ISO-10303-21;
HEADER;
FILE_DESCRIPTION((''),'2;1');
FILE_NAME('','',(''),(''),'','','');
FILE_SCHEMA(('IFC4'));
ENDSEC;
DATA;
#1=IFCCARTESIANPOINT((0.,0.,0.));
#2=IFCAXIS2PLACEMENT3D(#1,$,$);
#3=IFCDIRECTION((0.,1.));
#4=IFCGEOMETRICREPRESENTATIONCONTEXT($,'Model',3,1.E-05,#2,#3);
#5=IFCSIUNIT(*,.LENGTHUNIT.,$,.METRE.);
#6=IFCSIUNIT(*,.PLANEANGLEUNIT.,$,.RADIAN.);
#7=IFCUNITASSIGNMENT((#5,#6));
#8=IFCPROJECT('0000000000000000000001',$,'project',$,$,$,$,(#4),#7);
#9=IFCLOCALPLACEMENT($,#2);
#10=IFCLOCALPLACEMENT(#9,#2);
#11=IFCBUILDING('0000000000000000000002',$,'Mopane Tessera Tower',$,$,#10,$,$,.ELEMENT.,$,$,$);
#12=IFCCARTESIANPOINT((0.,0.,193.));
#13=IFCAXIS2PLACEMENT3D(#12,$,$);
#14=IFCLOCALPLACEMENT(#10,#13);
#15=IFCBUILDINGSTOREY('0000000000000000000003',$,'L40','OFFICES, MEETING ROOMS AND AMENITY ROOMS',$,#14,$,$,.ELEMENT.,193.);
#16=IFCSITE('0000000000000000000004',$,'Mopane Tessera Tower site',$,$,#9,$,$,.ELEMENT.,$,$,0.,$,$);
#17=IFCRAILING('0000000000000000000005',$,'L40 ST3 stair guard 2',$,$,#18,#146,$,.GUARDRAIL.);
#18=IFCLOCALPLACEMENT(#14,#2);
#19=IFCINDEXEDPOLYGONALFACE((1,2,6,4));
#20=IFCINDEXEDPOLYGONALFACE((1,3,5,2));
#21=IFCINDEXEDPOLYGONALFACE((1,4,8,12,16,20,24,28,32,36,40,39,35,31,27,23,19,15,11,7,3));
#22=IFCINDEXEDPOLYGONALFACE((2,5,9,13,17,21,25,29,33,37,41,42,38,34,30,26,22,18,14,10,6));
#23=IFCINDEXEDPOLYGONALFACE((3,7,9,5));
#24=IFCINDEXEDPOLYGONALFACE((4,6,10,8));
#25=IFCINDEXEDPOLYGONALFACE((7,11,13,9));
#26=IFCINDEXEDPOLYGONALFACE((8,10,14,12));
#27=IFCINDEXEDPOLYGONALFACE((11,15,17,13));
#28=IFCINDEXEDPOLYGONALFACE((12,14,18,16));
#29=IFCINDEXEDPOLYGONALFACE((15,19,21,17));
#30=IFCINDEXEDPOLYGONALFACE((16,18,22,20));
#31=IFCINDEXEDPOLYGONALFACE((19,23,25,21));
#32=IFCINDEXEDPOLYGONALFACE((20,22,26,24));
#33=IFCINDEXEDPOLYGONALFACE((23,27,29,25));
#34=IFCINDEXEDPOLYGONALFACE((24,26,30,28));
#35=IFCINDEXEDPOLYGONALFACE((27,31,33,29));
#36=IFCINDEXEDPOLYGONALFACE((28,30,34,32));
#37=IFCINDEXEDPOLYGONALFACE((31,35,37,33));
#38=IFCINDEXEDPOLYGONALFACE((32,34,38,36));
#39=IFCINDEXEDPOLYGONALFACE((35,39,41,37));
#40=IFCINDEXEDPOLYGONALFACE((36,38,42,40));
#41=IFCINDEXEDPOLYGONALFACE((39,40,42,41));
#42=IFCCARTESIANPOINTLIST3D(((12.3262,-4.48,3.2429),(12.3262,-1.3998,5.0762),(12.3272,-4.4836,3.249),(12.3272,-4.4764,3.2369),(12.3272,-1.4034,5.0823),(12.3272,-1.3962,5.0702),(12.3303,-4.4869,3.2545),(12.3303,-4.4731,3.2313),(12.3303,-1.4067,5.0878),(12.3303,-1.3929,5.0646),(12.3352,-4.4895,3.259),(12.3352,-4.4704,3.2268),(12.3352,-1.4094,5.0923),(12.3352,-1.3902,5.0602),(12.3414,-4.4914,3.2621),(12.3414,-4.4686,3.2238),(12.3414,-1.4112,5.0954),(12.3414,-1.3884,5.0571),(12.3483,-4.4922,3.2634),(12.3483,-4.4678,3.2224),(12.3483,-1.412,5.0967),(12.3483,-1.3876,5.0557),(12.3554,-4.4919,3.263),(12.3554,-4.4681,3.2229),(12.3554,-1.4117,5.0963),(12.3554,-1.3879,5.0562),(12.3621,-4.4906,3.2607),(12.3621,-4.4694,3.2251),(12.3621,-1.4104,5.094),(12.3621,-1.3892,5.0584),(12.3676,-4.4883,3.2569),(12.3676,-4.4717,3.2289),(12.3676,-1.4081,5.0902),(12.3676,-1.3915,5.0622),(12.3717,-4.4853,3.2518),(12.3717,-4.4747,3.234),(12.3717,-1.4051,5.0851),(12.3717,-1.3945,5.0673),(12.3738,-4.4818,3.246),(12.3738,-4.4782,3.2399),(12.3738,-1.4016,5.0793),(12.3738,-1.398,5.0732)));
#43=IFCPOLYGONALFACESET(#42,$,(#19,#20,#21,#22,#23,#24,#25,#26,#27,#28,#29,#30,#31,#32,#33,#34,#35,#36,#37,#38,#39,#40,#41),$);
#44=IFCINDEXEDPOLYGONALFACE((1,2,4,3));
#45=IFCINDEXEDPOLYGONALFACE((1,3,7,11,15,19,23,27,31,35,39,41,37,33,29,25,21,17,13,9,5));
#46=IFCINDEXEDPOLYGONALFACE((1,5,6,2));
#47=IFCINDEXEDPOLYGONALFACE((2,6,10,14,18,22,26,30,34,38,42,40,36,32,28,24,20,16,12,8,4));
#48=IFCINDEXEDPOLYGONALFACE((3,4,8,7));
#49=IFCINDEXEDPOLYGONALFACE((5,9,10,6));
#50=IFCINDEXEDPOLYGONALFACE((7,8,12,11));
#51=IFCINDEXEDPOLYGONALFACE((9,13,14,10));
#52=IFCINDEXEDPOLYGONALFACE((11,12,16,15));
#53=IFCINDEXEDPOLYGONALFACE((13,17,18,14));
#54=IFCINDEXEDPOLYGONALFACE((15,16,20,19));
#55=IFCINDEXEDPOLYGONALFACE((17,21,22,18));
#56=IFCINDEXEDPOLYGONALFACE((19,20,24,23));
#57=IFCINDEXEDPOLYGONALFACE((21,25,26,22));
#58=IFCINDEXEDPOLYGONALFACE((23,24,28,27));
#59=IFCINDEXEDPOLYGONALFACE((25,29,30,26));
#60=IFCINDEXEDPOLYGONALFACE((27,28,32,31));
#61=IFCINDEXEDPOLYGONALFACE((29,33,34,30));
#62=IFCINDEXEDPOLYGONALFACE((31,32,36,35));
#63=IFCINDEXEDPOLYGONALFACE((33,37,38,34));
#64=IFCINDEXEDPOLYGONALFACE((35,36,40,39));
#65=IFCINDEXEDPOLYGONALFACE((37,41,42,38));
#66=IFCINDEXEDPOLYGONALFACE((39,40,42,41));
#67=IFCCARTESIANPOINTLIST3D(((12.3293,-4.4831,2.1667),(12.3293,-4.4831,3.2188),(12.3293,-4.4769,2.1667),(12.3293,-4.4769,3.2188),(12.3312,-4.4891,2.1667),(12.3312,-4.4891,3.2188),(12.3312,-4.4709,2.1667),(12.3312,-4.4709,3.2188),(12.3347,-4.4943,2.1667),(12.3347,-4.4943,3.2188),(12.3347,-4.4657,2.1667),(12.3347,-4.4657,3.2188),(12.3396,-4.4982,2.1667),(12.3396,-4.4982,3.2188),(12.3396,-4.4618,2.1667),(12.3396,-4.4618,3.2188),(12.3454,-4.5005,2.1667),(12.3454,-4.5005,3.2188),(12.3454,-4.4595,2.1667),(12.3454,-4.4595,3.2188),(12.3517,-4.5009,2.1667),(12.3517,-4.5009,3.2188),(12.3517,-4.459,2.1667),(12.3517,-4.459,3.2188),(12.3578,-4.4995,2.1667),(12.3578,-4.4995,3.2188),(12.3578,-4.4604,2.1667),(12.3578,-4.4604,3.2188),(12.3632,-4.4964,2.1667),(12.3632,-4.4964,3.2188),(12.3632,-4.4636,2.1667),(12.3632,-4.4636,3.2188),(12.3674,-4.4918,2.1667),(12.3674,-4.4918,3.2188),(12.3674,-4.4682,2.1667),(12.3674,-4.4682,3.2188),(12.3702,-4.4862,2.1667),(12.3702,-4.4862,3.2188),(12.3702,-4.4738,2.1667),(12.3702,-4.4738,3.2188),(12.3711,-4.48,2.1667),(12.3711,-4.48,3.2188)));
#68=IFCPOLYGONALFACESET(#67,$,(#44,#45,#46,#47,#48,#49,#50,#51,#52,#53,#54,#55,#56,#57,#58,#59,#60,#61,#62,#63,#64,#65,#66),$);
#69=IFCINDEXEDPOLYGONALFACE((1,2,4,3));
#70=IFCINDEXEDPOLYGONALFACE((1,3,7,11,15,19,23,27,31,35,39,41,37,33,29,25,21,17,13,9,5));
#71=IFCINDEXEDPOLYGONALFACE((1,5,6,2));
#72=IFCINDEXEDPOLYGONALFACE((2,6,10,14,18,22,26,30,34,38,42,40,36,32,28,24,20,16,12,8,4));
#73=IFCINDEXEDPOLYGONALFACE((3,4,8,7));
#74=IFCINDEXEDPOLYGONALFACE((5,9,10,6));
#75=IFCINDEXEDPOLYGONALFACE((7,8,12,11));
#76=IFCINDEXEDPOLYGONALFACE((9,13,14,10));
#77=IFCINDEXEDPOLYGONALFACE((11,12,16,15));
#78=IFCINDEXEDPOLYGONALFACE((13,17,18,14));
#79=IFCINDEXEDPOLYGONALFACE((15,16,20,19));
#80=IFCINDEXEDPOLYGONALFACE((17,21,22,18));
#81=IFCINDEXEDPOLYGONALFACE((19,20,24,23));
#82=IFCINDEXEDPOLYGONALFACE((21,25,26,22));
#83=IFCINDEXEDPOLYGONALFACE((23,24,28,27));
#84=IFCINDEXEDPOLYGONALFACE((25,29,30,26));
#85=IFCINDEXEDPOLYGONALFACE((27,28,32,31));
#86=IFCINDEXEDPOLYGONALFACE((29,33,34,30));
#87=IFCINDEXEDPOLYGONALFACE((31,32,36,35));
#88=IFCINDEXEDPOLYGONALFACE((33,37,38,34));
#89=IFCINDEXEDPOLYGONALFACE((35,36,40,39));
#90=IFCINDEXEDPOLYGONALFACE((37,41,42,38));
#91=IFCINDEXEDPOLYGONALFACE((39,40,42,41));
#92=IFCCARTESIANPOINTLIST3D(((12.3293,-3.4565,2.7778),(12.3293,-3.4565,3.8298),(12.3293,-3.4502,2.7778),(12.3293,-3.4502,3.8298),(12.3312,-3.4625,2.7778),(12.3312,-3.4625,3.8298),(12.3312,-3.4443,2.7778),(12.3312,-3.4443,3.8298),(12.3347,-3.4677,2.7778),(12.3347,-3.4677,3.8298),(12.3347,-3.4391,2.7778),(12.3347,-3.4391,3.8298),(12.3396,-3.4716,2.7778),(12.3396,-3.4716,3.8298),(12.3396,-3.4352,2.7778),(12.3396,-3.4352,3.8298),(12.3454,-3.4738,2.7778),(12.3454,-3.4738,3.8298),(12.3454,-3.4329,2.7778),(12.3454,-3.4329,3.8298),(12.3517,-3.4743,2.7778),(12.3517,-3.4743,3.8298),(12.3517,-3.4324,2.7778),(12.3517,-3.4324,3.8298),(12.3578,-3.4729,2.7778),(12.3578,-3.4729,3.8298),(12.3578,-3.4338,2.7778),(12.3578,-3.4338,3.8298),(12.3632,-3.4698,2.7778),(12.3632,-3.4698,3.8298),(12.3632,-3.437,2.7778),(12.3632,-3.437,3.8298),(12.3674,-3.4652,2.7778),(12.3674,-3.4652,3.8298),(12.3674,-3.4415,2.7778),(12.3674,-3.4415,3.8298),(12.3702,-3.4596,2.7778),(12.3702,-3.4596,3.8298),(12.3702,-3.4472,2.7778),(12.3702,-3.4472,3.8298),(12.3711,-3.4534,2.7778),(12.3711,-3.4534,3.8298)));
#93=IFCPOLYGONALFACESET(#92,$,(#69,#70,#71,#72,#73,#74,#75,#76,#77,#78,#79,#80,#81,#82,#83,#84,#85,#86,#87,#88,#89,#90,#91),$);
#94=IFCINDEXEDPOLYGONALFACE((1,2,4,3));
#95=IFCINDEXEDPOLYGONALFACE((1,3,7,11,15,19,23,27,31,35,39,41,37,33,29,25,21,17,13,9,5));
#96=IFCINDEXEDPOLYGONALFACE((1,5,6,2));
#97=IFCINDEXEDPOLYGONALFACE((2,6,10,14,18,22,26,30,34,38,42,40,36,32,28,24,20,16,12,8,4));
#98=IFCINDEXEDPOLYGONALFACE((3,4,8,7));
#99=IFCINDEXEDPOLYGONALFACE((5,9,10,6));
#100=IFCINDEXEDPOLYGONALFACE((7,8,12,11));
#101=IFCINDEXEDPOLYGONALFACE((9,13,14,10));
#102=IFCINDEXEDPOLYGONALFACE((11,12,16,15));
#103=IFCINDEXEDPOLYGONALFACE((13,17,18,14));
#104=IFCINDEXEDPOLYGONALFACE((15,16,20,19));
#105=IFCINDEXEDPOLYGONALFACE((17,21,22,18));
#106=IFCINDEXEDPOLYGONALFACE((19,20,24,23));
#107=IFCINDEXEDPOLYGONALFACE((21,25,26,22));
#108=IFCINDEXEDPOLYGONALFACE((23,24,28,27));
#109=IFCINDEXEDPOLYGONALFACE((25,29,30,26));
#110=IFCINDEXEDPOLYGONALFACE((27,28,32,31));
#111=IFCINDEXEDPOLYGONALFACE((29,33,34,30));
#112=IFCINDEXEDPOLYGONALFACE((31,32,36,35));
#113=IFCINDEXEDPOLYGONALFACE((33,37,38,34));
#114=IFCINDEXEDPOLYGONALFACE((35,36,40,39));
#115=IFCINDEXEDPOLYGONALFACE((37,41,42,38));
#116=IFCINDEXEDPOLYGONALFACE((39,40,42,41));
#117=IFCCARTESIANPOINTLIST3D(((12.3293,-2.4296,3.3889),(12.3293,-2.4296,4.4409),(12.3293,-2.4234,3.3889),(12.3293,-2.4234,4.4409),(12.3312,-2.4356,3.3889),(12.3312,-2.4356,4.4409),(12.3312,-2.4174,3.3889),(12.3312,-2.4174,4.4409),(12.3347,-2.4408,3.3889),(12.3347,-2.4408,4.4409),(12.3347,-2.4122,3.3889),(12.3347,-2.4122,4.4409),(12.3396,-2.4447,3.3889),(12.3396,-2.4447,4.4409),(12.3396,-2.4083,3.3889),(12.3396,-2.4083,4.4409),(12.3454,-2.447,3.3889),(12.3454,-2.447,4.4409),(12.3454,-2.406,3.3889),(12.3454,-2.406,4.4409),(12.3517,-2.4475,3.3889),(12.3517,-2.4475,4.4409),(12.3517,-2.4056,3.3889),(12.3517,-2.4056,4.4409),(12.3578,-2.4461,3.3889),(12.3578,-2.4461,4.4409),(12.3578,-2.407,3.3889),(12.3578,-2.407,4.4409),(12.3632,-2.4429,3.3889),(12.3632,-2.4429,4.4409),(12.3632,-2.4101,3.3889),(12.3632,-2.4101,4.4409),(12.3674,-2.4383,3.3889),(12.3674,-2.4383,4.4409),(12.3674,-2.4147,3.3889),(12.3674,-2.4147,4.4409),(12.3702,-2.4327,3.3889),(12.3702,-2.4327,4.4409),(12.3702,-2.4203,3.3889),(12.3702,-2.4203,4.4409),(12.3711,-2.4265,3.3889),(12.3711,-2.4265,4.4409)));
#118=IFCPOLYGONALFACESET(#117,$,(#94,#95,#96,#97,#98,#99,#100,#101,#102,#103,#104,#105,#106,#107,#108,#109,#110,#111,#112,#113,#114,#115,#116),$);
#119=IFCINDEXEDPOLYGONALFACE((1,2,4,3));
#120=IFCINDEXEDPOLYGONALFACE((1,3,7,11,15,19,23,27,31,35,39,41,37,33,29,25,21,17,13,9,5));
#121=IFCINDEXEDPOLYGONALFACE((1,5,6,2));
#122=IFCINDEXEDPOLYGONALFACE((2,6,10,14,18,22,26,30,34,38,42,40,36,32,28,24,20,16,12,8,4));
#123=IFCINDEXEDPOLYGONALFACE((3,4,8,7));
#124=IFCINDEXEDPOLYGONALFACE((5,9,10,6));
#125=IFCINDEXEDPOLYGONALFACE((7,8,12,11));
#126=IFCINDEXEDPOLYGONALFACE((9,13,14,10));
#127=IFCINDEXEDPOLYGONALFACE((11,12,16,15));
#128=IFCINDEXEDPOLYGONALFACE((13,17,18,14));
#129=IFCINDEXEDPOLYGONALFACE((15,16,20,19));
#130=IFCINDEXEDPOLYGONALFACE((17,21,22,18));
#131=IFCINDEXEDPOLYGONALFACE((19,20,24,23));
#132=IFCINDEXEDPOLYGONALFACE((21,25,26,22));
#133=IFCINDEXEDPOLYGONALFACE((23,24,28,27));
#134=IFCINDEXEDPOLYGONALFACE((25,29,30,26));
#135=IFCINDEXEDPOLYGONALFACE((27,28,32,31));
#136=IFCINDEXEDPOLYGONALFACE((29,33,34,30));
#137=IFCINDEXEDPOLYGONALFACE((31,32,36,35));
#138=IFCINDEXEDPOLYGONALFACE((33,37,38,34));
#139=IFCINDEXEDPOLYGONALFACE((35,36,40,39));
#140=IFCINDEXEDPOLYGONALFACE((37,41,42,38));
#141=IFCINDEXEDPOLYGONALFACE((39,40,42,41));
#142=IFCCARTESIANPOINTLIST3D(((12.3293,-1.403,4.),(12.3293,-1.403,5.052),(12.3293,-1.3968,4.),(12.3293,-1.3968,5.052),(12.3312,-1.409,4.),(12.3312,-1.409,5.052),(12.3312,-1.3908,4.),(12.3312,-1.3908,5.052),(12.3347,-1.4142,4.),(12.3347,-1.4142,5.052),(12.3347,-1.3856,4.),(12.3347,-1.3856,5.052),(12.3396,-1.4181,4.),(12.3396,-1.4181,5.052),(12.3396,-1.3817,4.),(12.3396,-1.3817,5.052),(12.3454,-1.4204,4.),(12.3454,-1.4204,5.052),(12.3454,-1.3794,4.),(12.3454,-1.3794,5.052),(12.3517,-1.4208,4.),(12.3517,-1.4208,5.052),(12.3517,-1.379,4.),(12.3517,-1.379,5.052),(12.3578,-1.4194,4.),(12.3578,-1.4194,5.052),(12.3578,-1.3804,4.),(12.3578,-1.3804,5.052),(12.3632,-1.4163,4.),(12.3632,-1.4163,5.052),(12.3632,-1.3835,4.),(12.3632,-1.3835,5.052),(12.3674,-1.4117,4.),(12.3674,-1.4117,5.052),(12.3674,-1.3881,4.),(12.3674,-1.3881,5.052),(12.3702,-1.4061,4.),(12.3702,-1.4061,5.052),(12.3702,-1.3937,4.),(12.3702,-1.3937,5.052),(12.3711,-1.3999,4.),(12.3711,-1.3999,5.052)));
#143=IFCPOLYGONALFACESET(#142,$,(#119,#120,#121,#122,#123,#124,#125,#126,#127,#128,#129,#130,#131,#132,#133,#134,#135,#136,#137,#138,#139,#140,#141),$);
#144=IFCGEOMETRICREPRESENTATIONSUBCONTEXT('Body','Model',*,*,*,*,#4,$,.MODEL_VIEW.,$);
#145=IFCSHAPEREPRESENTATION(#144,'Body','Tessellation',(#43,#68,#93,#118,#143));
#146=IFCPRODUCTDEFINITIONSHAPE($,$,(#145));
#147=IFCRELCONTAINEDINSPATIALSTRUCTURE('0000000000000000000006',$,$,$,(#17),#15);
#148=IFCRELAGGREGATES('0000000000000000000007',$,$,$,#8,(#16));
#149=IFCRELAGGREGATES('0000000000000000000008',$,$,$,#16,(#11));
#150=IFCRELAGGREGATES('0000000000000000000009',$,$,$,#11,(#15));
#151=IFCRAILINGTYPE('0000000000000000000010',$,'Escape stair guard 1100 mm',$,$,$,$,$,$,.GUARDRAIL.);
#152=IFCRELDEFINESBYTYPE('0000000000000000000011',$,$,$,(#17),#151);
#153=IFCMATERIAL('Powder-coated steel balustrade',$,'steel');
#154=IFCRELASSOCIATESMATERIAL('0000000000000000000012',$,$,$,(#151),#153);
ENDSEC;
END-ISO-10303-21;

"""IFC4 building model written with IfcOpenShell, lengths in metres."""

from ifc_helpers import new_model, si_unit, direction, frame, origin, origin_2d, place, context, subcontext, project, spatial, circle, extrude, material, type_object, element, save


model = new_model("IFC4")

# Units and contexts
model_context = context("Model", 3, precision=1e-05, world=origin(), true_north=direction((0.0, 1.0)))
body_context = subcontext(model_context, "Body", "Model", "MODEL_VIEW")
ifc_project = project(units=[si_unit("LENGTHUNIT", "METRE"), si_unit("PLANEANGLEUNIT", "RADIAN")], contexts=[model_context])

# Site, building, storey
site_placement = place(None, origin())
site = spatial("IfcSite", under=ifc_project, at=site_placement, Name="Mopane Tessera Tower site", CompositionType="ELEMENT", RefElevation=0.0)
building_placement = place(site_placement, origin())
building = spatial("IfcBuilding", under=site, at=building_placement, Name="Mopane Tessera Tower", CompositionType="ELEMENT")
storey_placement = place(building_placement, frame((0.0, 0.0, 193.0)))
storey = spatial("IfcBuildingStorey", under=building, at=storey_placement, Name="L40", Description="OFFICES, MEETING ROOMS AND AMENITY ROOMS", CompositionType="ELEMENT", Elevation=193.0)

# Railing
ifc_material_1 = material(Name="Powder-coated steel balustrade", Category="steel")
railing_type_1 = type_object("IfcRailingType", Name="Escape stair guard 1100 mm", PredefinedType="GUARDRAIL", material=ifc_material_1)
railing_1_placement = place(storey_placement, frame((12.3501, -4.48, 2.1667)))
element("IfcRailing", 1, at=railing_1_placement, inside=storey, type_object=railing_type_1, Name="L40 ST3 stair guard 2", PredefinedType="GUARDRAIL", context=body_context, shape_type="SweptSolid", body=[
    extrude(circle(Radius=0.0239, at=origin_2d()), frame((0.0, 0.0, 1.0762), z_axis=(0.0, 0.859309, 0.511458), x_axis=(-1.0, 0.0, 0.0)), (0.0, 0.0, 1.0), 3.5845),
    extrude(circle(Radius=0.021, at=origin_2d()), origin(), (0.0, 0.0, 1.0), 1.052),
    extrude(circle(Radius=0.021, at=origin_2d()), frame((0.0, 1.0266, 0.6111)), (0.0, 0.0, 1.0), 1.052),
    extrude(circle(Radius=0.021, at=origin_2d()), frame((0.0, 2.0535, 1.2222)), (0.0, 0.0, 1.0), 1.052),
    extrude(circle(Radius=0.021, at=origin_2d()), frame((0.0, 3.0801, 1.8333)), (0.0, 0.0, 1.0), 1.052),
])

save(model, "model.ifc")
